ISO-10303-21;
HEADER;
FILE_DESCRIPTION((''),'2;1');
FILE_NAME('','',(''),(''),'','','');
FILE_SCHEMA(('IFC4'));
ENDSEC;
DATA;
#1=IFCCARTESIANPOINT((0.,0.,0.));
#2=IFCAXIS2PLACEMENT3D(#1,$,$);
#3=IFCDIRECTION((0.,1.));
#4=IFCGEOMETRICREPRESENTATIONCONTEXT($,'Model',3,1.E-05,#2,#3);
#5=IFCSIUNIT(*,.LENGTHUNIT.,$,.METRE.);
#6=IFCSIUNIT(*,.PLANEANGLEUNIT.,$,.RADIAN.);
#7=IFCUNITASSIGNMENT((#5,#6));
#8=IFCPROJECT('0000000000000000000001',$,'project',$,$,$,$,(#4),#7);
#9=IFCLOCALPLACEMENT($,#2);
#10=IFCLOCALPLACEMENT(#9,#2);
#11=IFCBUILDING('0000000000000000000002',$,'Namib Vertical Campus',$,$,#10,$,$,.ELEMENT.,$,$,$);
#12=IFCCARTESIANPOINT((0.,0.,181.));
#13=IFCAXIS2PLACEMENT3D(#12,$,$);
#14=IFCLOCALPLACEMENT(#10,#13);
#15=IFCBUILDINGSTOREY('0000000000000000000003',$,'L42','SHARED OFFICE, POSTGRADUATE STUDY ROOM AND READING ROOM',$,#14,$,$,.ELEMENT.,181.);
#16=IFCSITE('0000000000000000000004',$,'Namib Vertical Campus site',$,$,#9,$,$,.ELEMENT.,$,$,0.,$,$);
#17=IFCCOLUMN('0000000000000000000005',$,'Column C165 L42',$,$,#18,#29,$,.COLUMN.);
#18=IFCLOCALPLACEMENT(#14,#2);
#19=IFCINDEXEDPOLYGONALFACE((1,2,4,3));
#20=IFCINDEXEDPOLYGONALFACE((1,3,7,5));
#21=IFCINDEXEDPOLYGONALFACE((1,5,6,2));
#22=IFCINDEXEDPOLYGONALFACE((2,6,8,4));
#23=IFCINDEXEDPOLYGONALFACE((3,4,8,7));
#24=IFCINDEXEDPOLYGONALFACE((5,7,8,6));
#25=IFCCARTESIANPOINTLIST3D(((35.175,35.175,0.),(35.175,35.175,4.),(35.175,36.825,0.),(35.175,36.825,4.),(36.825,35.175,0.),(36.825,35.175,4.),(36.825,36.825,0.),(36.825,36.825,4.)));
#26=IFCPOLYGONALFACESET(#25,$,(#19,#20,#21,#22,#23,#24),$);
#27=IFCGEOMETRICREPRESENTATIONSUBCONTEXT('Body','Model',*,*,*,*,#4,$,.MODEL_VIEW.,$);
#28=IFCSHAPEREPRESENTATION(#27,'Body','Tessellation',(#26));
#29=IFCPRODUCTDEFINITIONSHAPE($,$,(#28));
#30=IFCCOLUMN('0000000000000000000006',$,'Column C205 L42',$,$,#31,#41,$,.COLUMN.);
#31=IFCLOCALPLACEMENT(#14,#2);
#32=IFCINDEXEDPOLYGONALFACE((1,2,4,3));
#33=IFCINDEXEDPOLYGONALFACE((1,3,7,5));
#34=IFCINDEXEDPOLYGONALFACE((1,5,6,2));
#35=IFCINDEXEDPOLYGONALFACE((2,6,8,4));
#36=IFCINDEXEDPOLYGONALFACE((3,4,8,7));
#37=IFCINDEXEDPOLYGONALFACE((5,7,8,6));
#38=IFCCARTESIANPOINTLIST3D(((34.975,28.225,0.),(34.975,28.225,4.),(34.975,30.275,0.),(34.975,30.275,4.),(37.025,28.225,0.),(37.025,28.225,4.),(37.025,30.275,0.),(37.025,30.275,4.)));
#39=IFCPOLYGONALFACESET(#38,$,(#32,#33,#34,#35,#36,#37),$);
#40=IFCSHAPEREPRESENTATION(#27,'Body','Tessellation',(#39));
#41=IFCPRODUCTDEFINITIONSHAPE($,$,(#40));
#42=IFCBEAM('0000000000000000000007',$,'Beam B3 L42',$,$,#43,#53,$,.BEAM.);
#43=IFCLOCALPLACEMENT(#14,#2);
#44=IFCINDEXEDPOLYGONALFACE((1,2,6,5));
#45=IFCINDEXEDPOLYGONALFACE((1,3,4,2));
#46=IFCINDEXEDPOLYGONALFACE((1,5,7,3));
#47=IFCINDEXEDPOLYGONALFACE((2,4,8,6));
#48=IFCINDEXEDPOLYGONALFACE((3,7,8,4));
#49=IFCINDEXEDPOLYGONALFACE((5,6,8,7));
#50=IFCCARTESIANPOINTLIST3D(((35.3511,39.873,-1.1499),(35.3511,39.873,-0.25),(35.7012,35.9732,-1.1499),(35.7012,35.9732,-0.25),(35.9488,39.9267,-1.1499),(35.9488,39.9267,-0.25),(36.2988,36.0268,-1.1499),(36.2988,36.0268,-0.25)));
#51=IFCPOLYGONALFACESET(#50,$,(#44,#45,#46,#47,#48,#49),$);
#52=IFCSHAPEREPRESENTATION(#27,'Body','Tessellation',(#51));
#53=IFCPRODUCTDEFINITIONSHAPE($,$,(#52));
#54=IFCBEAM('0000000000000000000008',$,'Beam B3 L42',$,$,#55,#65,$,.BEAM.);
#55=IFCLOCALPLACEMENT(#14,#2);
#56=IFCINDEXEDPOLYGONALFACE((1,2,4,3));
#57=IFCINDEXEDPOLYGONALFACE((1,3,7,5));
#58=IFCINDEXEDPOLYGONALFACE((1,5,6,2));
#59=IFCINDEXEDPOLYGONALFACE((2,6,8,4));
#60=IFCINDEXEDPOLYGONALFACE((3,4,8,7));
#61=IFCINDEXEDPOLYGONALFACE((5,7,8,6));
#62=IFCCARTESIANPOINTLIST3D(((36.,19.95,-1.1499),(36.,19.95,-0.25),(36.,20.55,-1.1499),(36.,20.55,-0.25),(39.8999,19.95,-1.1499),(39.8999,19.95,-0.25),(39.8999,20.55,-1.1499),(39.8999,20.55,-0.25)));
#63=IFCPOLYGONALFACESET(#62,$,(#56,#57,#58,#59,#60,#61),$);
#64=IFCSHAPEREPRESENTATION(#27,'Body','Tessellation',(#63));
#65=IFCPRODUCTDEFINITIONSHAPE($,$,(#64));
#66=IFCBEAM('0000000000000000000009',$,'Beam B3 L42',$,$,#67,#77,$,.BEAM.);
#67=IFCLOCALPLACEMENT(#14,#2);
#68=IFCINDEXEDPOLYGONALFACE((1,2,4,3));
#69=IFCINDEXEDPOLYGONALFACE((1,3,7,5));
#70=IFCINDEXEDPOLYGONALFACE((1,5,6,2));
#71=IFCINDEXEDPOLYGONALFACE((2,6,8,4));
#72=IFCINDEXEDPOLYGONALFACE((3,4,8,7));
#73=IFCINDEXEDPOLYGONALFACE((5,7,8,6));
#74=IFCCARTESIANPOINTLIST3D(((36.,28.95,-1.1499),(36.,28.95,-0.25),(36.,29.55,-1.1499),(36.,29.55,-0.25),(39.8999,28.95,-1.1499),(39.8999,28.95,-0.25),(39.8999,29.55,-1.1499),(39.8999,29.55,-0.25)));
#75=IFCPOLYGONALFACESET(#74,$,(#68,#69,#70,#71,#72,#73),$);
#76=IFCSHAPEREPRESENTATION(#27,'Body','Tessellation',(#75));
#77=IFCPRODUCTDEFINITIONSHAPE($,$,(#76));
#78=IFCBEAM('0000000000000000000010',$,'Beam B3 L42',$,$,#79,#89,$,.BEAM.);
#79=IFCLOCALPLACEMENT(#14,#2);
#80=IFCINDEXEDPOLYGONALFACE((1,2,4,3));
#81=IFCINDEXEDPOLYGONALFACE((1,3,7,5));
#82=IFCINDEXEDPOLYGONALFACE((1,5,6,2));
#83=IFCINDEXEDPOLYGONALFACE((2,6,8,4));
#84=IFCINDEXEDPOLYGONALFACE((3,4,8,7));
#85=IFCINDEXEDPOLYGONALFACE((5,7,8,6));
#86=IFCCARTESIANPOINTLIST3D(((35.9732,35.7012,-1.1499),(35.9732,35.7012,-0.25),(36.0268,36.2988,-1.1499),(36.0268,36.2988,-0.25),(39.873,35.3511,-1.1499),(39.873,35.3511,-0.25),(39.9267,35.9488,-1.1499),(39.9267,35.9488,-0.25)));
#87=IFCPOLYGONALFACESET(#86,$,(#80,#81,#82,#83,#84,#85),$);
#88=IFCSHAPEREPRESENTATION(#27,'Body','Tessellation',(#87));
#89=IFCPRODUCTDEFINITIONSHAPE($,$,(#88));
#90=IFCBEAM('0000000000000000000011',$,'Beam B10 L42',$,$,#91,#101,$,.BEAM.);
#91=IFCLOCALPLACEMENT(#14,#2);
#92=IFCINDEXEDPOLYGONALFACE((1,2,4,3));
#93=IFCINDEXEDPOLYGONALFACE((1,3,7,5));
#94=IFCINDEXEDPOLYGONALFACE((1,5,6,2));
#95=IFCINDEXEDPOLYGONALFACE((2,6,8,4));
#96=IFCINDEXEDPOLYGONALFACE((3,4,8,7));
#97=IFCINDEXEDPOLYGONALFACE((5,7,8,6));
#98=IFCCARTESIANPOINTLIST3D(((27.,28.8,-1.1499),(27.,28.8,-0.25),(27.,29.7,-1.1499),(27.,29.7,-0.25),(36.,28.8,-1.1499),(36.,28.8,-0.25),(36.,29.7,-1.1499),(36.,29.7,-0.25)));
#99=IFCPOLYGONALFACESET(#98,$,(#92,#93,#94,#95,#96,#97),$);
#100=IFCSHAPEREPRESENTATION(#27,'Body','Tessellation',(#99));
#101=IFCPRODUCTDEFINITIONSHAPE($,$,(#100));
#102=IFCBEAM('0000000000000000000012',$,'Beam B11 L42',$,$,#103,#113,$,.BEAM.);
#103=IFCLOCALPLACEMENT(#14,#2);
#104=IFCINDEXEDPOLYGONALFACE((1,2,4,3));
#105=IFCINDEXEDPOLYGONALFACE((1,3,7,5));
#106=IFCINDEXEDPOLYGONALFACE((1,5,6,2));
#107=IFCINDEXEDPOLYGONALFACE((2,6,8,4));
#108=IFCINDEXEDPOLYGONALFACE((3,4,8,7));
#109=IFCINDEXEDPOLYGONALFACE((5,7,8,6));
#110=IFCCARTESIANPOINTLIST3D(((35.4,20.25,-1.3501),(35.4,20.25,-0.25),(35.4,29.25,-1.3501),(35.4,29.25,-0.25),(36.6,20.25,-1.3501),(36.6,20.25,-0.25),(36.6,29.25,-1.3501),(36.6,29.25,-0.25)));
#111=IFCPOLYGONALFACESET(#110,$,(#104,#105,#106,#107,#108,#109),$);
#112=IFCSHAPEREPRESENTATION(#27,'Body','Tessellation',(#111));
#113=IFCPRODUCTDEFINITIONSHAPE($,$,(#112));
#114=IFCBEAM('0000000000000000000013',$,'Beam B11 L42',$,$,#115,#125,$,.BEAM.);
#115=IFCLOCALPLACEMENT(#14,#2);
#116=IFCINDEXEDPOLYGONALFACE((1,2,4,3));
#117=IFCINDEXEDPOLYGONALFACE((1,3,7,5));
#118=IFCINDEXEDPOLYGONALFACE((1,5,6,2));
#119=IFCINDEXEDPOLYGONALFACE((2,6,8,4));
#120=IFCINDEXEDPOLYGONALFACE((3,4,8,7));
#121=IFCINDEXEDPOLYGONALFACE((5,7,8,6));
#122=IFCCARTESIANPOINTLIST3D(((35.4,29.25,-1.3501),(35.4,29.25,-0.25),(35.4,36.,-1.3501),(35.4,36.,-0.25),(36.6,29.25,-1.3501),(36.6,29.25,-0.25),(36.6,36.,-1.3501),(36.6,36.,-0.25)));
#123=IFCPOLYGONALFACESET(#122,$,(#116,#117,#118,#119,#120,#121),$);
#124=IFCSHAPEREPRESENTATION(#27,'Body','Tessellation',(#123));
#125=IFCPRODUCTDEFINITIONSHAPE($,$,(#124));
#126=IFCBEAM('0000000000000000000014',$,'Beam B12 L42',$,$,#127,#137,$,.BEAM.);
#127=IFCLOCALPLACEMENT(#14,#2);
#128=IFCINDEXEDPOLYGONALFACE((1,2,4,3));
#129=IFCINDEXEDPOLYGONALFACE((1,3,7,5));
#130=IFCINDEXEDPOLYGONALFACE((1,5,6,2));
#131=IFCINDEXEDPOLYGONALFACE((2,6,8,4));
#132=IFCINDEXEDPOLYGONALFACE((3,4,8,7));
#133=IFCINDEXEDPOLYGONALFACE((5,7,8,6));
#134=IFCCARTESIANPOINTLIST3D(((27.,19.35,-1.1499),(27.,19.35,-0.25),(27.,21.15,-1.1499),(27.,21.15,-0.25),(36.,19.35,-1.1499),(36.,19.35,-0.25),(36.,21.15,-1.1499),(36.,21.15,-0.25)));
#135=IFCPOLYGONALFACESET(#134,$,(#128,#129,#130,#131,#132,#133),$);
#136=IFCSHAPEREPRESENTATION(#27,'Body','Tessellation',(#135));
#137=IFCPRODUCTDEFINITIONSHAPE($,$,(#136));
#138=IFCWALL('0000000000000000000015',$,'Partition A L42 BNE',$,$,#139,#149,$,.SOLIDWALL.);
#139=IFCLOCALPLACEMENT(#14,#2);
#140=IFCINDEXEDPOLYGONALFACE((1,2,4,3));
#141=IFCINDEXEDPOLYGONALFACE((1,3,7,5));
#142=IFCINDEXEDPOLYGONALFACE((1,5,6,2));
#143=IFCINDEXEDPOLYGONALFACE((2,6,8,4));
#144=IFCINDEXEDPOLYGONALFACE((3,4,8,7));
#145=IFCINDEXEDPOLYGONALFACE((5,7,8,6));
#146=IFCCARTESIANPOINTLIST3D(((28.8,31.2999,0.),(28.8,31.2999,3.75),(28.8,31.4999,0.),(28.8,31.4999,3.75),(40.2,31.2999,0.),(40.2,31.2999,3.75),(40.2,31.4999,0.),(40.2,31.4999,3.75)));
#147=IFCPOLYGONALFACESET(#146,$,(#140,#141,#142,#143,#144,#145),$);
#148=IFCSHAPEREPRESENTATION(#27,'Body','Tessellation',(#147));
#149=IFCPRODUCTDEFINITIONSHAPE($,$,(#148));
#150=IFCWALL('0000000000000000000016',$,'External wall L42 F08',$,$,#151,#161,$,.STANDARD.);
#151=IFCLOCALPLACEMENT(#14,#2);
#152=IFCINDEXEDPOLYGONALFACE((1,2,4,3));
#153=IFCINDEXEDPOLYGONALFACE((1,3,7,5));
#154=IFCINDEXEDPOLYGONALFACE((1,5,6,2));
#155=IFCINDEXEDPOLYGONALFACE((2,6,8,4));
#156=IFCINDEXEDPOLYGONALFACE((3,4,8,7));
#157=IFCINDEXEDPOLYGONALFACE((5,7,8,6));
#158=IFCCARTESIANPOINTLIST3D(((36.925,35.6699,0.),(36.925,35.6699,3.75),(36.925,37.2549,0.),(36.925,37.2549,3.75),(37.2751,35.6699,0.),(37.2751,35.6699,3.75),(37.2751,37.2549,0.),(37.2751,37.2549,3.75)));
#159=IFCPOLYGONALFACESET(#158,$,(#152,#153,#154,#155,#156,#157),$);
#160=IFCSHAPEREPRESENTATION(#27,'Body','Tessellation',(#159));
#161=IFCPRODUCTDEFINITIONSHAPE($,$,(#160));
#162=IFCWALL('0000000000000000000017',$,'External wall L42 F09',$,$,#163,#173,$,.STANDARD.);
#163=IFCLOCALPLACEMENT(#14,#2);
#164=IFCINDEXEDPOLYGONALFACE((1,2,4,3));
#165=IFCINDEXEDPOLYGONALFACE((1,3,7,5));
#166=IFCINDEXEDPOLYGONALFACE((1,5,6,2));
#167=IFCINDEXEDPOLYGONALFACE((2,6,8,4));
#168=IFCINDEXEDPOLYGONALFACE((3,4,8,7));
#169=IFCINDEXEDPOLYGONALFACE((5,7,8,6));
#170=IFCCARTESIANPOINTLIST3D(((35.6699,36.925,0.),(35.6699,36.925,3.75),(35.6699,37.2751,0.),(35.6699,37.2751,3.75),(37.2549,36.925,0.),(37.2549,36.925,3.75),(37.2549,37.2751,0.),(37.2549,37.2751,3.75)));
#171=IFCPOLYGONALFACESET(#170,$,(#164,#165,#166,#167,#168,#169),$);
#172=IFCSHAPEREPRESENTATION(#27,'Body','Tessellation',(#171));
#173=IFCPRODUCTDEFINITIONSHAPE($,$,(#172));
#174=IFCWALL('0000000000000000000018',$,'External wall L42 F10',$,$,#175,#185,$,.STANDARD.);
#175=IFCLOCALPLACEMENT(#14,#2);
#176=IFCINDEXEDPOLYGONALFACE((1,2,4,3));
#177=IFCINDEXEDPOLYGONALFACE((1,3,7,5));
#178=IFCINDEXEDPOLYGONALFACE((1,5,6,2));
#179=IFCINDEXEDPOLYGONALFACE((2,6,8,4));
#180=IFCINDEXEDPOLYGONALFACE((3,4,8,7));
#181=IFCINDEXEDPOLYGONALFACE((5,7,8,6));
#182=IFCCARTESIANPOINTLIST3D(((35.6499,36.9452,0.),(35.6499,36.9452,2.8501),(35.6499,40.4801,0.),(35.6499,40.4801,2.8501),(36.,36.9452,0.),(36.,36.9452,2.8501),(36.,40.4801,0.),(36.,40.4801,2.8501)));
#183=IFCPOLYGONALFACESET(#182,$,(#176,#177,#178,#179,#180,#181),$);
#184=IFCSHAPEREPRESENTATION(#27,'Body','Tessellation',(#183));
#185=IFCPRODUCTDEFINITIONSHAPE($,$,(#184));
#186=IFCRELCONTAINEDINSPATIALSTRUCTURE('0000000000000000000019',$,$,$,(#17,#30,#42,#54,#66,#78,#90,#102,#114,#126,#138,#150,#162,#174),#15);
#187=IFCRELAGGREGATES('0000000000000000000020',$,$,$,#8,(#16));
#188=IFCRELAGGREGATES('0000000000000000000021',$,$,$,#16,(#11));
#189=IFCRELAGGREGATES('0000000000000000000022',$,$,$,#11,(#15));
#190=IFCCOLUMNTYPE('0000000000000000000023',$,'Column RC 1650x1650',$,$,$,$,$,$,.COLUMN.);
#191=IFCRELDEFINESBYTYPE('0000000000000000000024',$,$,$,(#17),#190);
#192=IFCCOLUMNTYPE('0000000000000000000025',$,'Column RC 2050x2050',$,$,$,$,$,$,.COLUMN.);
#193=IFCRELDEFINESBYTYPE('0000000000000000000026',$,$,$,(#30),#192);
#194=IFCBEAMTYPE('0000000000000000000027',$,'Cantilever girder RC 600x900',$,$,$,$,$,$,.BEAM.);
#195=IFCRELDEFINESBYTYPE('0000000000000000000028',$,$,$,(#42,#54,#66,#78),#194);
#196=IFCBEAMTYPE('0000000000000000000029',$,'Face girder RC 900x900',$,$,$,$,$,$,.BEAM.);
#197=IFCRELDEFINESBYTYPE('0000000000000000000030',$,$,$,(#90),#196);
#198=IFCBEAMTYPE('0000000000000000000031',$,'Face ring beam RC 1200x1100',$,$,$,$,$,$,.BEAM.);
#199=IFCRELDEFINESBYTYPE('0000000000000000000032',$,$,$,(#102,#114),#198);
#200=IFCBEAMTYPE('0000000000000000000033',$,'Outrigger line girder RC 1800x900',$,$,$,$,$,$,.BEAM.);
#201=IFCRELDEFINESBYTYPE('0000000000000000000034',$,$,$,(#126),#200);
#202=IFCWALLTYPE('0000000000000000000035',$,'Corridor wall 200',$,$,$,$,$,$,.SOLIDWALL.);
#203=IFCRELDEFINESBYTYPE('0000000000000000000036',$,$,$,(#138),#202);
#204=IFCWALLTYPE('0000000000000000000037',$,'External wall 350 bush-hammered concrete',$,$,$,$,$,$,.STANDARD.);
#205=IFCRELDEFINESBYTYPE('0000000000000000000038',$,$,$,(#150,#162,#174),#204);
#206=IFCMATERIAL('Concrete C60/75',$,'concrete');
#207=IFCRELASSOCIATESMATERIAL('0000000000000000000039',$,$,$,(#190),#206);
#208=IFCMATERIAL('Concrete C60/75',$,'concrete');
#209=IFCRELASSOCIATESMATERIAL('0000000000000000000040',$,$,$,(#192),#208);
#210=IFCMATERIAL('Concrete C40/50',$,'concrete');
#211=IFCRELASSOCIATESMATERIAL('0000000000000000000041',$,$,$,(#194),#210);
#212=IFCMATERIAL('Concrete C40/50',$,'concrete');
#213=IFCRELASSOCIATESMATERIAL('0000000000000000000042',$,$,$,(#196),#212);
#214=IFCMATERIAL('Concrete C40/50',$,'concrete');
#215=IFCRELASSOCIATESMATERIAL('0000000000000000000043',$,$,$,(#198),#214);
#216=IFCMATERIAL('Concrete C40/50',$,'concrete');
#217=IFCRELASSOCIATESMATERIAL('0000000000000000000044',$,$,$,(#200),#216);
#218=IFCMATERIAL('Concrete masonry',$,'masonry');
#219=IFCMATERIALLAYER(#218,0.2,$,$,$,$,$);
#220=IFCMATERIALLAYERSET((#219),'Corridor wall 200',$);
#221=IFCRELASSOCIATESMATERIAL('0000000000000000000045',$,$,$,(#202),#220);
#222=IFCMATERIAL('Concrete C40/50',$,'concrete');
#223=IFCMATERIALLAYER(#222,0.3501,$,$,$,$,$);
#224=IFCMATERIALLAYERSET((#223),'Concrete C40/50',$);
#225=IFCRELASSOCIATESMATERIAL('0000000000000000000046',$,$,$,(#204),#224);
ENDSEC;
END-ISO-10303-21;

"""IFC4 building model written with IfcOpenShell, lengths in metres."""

from ifc_helpers import new_model, si_unit, direction, frame, frame_2d, origin, origin_2d, place, context, subcontext, project, spatial, rectangle, extrude, material, layer, layer_set, material_profile, profile_set, type_object, element, save


model = new_model("IFC4")

# Units and contexts
model_context = context("Model", 3, precision=1e-05, world=origin(), true_north=direction((0.0, 1.0)))
body_context = subcontext(model_context, "Body", "Model", "MODEL_VIEW")
ifc_project = project(units=[si_unit("LENGTHUNIT", "METRE"), si_unit("PLANEANGLEUNIT", "RADIAN")], contexts=[model_context])

# Site, building, storey
site_placement = place(None, origin())
site = spatial("IfcSite", under=ifc_project, at=site_placement, Name="Namib Vertical Campus site", CompositionType="ELEMENT", RefElevation=0.0)
building_placement = place(site_placement, origin())
building = spatial("IfcBuilding", under=site, at=building_placement, Name="Namib Vertical Campus", CompositionType="ELEMENT")
storey_placement = place(building_placement, frame((0.0, 0.0, 181.0)))
storey = spatial("IfcBuildingStorey", under=building, at=storey_placement, Name="L42", Description="SHARED OFFICE, POSTGRADUATE STUDY ROOM AND READING ROOM", CompositionType="ELEMENT", Elevation=181.0)

# Columns
ifc_material_1 = material(Name="Concrete C60/75", Category="concrete")
ifc_material_profile_1 = material_profile(ifc_material_1, rectangle(XDim=1.6499, YDim=1.6499, at=origin_2d()))
ifc_profile_set_1 = profile_set([ifc_material_profile_1], Name="Concrete C60/75")
column_type_1 = type_object("IfcColumnType", Name="Column RC 1650x1650", PredefinedType="COLUMN", material=ifc_profile_set_1)
column_1_placement = place(storey_placement, frame((36.0, 36.0, 0.0), z_axis=(0.0, 0.0, 1.0), x_axis=(1.0, 0.0, 0.0)))
element("IfcColumn", 1, at=column_1_placement, inside=storey, type_object=column_type_1, Name="Column C165 L42", PredefinedType="COLUMN", context=body_context, shape_type="SweptSolid", body=[
    extrude(rectangle(XDim=1.6499, YDim=1.6499, at=origin_2d()), origin(), (0.0, 0.0, 1.0), 4.0),
])
ifc_material_2 = material(Name="Concrete C60/75", Category="concrete")
ifc_material_profile_2 = material_profile(ifc_material_2, rectangle(XDim=2.05, YDim=2.05, at=origin_2d()))
ifc_profile_set_2 = profile_set([ifc_material_profile_2], Name="Concrete C60/75")
column_type_2 = type_object("IfcColumnType", Name="Column RC 2050x2050", PredefinedType="COLUMN", material=ifc_profile_set_2)
column_2_placement = place(storey_placement, frame((36.0, 29.25, 0.0), z_axis=(0.0, 0.0, 1.0), x_axis=(1.0, 0.0, 0.0)))
element("IfcColumn", 2, at=column_2_placement, inside=storey, type_object=column_type_2, Name="Column C205 L42", PredefinedType="COLUMN", context=body_context, shape_type="SweptSolid", body=[
    extrude(rectangle(XDim=2.05, YDim=2.05, at=origin_2d()), origin(), (0.0, 0.0, 1.0), 4.0),
])

# Beams
ifc_material_3 = material(Name="Concrete C40/50", Category="concrete")
ifc_material_profile_3 = material_profile(ifc_material_3, rectangle(XDim=0.6001, YDim=0.8999, at=origin_2d()))
ifc_profile_set_3 = profile_set([ifc_material_profile_3], Name="Concrete C40/50")
beam_type_1 = type_object("IfcBeamType", Name="Cantilever girder RC 600x900", PredefinedType="BEAM", material=ifc_profile_set_3)
beam_1_placement = place(storey_placement, frame((36.0, 36.0, -0.7), z_axis=(-0.089411, 0.995995, 0.0), x_axis=(-0.995995, -0.089411, 0.0)))
element("IfcBeam", 3, at=beam_1_placement, inside=storey, type_object=beam_type_1, Name="Beam B3 L42", PredefinedType="BEAM", context=body_context, shape_type="SweptSolid", body=[
    extrude(rectangle(XDim=0.6001, YDim=0.8999, at=origin_2d()), origin(), (0.0, 0.0, 1.0), 3.9155),
])
for number, where, z_axis, x_axis, name in (
    (4, (36.0, 20.25, -0.7), (1.0, 0.0, 0.0), (0.0, 1.0, 0.0), "Beam B3 L42"),
    (5, (36.0, 29.25, -0.7), (1.0, 0.0, 0.0), (0.0, 1.0, 0.0), "Beam B3 L42"),
):
    element("IfcBeam", number, at=place(storey_placement, frame(where, z_axis=z_axis, x_axis=x_axis)), inside=storey, type_object=beam_type_1, Name=name, PredefinedType="BEAM", context=body_context, shape_type="SweptSolid", body=[
        extrude(rectangle(XDim=0.6001, YDim=0.8999, at=origin_2d()), origin(), (0.0, 0.0, 1.0), 3.8999),
    ])
beam_2_placement = place(storey_placement, frame((36.0, 36.0, -0.7), z_axis=(0.995995, -0.089411, 0.0), x_axis=(0.089411, 0.995995, 0.0)))
element("IfcBeam", 6, at=beam_2_placement, inside=storey, type_object=beam_type_1, Name="Beam B3 L42", PredefinedType="BEAM", context=body_context, shape_type="SweptSolid", body=[
    extrude(rectangle(XDim=0.6001, YDim=0.8999, at=origin_2d()), origin(), (0.0, 0.0, 1.0), 3.9155),
])
ifc_material_4 = material(Name="Concrete C40/50", Category="concrete")
ifc_material_profile_4 = material_profile(ifc_material_4, rectangle(XDim=0.8999, YDim=0.8999, at=origin_2d()))
ifc_profile_set_4 = profile_set([ifc_material_profile_4], Name="Concrete C40/50")
beam_type_2 = type_object("IfcBeamType", Name="Face girder RC 900x900", PredefinedType="BEAM", material=ifc_profile_set_4)
beam_3_placement = place(storey_placement, frame((36.0, 29.25, -0.7), z_axis=(-1.0, 0.0, 0.0), x_axis=(0.0, -1.0, 0.0)))
element("IfcBeam", 7, at=beam_3_placement, inside=storey, type_object=beam_type_2, Name="Beam B10 L42", PredefinedType="BEAM", context=body_context, shape_type="SweptSolid", body=[
    extrude(rectangle(XDim=0.8999, YDim=0.8999, at=origin_2d()), origin(), (0.0, 0.0, 1.0), 9.0),
])
ifc_material_5 = material(Name="Concrete C40/50", Category="concrete")
ifc_material_profile_5 = material_profile(ifc_material_5, rectangle(XDim=1.2, YDim=1.1001, at=origin_2d()))
ifc_profile_set_5 = profile_set([ifc_material_profile_5], Name="Concrete C40/50")
beam_type_3 = type_object("IfcBeamType", Name="Face ring beam RC 1200x1100", PredefinedType="BEAM", material=ifc_profile_set_5)
beam_4_placement = place(storey_placement, frame((36.0, 20.25, -0.8), z_axis=(0.0, 1.0, 0.0), x_axis=(-1.0, 0.0, 0.0)))
element("IfcBeam", 8, at=beam_4_placement, inside=storey, type_object=beam_type_3, Name="Beam B11 L42", PredefinedType="BEAM", context=body_context, shape_type="SweptSolid", body=[
    extrude(rectangle(XDim=1.2, YDim=1.1001, at=origin_2d()), origin(), (0.0, 0.0, 1.0), 9.0),
])
beam_5_placement = place(storey_placement, frame((36.0, 29.25, -0.8), z_axis=(0.0, 1.0, 0.0), x_axis=(-1.0, 0.0, 0.0)))
element("IfcBeam", 9, at=beam_5_placement, inside=storey, type_object=beam_type_3, Name="Beam B11 L42", PredefinedType="BEAM", context=body_context, shape_type="SweptSolid", body=[
    extrude(rectangle(XDim=1.2, YDim=1.1001, at=origin_2d()), origin(), (0.0, 0.0, 1.0), 6.75),
])
ifc_material_6 = material(Name="Concrete C40/50", Category="concrete")
ifc_material_profile_6 = material_profile(ifc_material_6, rectangle(XDim=1.8, YDim=0.8999, at=origin_2d()))
ifc_profile_set_6 = profile_set([ifc_material_profile_6], Name="Concrete C40/50")
beam_type_4 = type_object("IfcBeamType", Name="Outrigger line girder RC 1800x900", PredefinedType="BEAM", material=ifc_profile_set_6)
beam_6_placement = place(storey_placement, frame((36.0, 20.25, -0.7), z_axis=(-1.0, 0.0, 0.0), x_axis=(0.0, -1.0, 0.0)))
element("IfcBeam", 10, at=beam_6_placement, inside=storey, type_object=beam_type_4, Name="Beam B12 L42", PredefinedType="BEAM", context=body_context, shape_type="SweptSolid", body=[
    extrude(rectangle(XDim=1.8, YDim=0.8999, at=origin_2d()), origin(), (0.0, 0.0, 1.0), 9.0),
])

# Walls
ifc_material_7 = material(Name="Concrete masonry", Category="masonry")
ifc_layer_1 = layer(ifc_material_7, 0.2)
ifc_layer_set_1 = layer_set([ifc_layer_1], Name="Corridor wall 200")
wall_type_1 = type_object("IfcWallType", Name="Corridor wall 200", PredefinedType="SOLIDWALL", material=ifc_layer_set_1)
wall_1_placement = place(storey_placement, frame((28.8, 31.3999, 0.0), z_axis=(0.0, 0.0, 1.0), x_axis=(1.0, 0.0, 0.0)))
element("IfcWall", 11, at=wall_1_placement, inside=storey, type_object=wall_type_1, Name="Partition A L42 BNE", PredefinedType="SOLIDWALL", context=body_context, shape_type="SweptSolid", body=[
    extrude(rectangle(XDim=11.3999, YDim=0.2, at=frame_2d((5.7, 0.0))), origin(), (0.0, 0.0, 1.0), 3.75),
])
ifc_material_8 = material(Name="Concrete C40/50", Category="concrete")
ifc_layer_2 = layer(ifc_material_8, 0.3501)
ifc_layer_set_2 = layer_set([ifc_layer_2], Name="Concrete C40/50")
wall_type_2 = type_object("IfcWallType", Name="External wall 350 bush-hammered concrete", PredefinedType="STANDARD", material=ifc_layer_set_2)
for number, where, z_axis, x_axis, name in (
    (12, (37.1001, 35.6699, 0.0), (0.0, 0.0, 1.0), (0.0, 1.0, 0.0), "External wall L42 F08"),
    (13, (37.2549, 37.1001, 0.0), (0.0, 0.0, 1.0), (-1.0, 0.0, 0.0), "External wall L42 F09"),
):
    element("IfcWall", number, at=place(storey_placement, frame(where, z_axis=z_axis, x_axis=x_axis)), inside=storey, type_object=wall_type_2, Name=name, PredefinedType="STANDARD", context=body_context, shape_type="SweptSolid", body=[
        extrude(rectangle(XDim=1.585, YDim=0.3501, at=frame_2d((0.7925, 0.0))), origin(), (0.0, 0.0, 1.0), 3.75),
    ])
wall_2_placement = place(storey_placement, frame((35.825, 36.9451, 0.0), z_axis=(0.0, 0.0, 1.0), x_axis=(0.0, 1.0, 0.0)))
element("IfcWall", 14, at=wall_2_placement, inside=storey, type_object=wall_type_2, Name="External wall L42 F10", PredefinedType="STANDARD", context=body_context, shape_type="SweptSolid", body=[
    extrude(rectangle(XDim=3.5349, YDim=0.3501, at=frame_2d((1.7676, 0.0))), origin(), (0.0, 0.0, 1.0), 2.8501),
])

save(model, "model.ifc")
